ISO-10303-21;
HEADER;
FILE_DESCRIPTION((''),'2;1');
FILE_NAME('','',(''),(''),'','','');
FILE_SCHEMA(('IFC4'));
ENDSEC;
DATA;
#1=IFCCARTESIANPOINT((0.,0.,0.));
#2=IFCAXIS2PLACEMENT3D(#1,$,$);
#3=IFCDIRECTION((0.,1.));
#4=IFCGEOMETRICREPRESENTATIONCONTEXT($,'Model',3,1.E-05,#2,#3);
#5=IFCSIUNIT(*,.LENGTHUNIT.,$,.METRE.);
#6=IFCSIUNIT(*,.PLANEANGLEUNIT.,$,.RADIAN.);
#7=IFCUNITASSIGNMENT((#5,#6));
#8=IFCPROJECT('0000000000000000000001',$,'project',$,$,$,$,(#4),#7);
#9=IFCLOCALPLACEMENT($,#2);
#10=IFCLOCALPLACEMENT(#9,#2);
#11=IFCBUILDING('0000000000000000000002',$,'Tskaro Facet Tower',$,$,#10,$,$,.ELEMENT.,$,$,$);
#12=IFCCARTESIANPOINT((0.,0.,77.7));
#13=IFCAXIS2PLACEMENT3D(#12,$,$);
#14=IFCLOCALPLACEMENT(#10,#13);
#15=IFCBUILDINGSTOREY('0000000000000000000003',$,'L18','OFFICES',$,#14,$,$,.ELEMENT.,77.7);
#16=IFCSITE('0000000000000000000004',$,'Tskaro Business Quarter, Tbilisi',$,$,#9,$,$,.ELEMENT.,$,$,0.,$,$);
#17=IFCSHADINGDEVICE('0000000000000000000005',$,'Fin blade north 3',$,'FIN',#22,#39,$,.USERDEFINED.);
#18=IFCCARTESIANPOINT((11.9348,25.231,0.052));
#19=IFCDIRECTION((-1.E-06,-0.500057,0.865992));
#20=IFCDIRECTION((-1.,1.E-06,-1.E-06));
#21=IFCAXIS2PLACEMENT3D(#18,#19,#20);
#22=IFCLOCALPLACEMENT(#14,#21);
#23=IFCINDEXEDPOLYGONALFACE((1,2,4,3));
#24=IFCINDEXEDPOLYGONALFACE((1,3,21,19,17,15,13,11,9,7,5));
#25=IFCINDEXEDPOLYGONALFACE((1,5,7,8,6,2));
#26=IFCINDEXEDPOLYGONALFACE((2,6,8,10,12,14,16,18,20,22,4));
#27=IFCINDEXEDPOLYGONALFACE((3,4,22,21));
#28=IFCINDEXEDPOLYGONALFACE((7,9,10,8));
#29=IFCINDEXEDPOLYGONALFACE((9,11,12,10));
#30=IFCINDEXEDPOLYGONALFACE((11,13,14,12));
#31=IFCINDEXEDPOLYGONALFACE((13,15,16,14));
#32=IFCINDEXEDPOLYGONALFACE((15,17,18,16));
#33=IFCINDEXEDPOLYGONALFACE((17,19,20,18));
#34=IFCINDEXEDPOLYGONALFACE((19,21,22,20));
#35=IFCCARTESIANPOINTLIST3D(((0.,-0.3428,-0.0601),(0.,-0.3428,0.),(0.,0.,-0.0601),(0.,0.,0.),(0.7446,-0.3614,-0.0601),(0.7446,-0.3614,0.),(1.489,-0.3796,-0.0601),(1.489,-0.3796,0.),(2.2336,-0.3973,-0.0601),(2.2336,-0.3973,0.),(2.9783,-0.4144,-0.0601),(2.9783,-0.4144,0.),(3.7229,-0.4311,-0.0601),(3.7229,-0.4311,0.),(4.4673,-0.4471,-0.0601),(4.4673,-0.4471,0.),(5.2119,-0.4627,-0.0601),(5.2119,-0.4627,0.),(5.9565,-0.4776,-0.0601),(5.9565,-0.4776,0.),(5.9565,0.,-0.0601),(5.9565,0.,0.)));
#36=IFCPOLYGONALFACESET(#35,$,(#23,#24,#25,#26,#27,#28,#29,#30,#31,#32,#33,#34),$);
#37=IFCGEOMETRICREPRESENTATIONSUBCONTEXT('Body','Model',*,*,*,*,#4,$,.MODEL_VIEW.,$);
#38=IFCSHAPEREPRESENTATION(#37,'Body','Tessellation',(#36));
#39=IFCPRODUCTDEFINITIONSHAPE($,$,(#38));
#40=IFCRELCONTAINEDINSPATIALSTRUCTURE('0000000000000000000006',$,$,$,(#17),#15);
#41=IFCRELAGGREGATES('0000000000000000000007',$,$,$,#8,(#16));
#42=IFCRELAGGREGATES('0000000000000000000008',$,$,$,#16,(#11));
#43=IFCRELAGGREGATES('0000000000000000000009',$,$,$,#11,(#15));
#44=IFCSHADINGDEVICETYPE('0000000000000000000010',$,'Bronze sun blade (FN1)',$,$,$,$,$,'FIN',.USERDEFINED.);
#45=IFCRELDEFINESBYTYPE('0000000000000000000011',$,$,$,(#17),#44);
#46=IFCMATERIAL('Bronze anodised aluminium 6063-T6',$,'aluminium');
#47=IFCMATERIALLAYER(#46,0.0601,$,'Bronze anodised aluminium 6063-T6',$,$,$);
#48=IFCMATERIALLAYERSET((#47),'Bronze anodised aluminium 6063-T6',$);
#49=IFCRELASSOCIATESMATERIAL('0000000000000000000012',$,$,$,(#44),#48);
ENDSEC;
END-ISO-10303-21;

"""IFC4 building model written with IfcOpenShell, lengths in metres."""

from ifc_helpers import new_model, si_unit, direction, frame, origin, place, context, subcontext, project, spatial, polyline, outline, extrude, material, layer, layer_set, type_object, element, save


model = new_model("IFC4")

# Units and contexts
model_context = context("Model", 3, precision=1e-05, world=origin(), true_north=direction((0.0, 1.0)))
body_context = subcontext(model_context, "Body", "Model", "MODEL_VIEW")
ifc_project = project(units=[si_unit("LENGTHUNIT", "METRE"), si_unit("PLANEANGLEUNIT", "RADIAN")], contexts=[model_context])

# Site, building, storey
site_placement = place(None, origin())
site = spatial("IfcSite", under=ifc_project, at=site_placement, Name="Tskaro Business Quarter, Tbilisi", CompositionType="ELEMENT", RefElevation=0.0)
building_placement = place(site_placement, origin())
building = spatial("IfcBuilding", under=site, at=building_placement, Name="Tskaro Facet Tower", CompositionType="ELEMENT")
storey_placement = place(building_placement, frame((0.0, 0.0, 77.7)))
storey = spatial("IfcBuildingStorey", under=building, at=storey_placement, Name="L18", Description="OFFICES", CompositionType="ELEMENT", Elevation=77.7)

# Shared definitions
ifc_material_1 = material(Name="Bronze anodised aluminium 6063-T6", Category="aluminium")

# Shading device
ifc_layer_1 = layer(ifc_material_1, 0.0601, Name="Bronze anodised aluminium 6063-T6")
ifc_layer_set_1 = layer_set([ifc_layer_1], Name="Bronze anodised aluminium 6063-T6")
shading_device_type = type_object("IfcShadingDeviceType", Name="Bronze sun blade (FN1)", ElementType="FIN", PredefinedType="USERDEFINED", material=ifc_layer_set_1)
shading_device_1_placement = place(storey_placement, frame((11.9348, 25.231, 0.052), z_axis=(-0.000001, -0.500057, 0.865992), x_axis=(-1.0, 0.000001, -0.000001)))
element("IfcShadingDevice", 1, at=shading_device_1_placement, inside=storey, type_object=shading_device_type, Name="Fin blade north 3", ObjectType="FIN", PredefinedType="USERDEFINED", context=body_context, shape_type="SweptSolid", body=[
    extrude(outline(polyline([(0.0, 0.0), (5.9565, 0.0), (5.9565, -0.4776), (5.2119, -0.4627), (4.4673, -0.4471), (3.7229, -0.4311), (2.9783, -0.4144), (2.2336, -0.3973), (1.489, -0.3796), (0.7446, -0.3614), (0.0, -0.3428), (0.0, 0.0)])), origin(), (0.0, 0.0, -1.0), 0.0601),
])

save(model, "model.ifc")
